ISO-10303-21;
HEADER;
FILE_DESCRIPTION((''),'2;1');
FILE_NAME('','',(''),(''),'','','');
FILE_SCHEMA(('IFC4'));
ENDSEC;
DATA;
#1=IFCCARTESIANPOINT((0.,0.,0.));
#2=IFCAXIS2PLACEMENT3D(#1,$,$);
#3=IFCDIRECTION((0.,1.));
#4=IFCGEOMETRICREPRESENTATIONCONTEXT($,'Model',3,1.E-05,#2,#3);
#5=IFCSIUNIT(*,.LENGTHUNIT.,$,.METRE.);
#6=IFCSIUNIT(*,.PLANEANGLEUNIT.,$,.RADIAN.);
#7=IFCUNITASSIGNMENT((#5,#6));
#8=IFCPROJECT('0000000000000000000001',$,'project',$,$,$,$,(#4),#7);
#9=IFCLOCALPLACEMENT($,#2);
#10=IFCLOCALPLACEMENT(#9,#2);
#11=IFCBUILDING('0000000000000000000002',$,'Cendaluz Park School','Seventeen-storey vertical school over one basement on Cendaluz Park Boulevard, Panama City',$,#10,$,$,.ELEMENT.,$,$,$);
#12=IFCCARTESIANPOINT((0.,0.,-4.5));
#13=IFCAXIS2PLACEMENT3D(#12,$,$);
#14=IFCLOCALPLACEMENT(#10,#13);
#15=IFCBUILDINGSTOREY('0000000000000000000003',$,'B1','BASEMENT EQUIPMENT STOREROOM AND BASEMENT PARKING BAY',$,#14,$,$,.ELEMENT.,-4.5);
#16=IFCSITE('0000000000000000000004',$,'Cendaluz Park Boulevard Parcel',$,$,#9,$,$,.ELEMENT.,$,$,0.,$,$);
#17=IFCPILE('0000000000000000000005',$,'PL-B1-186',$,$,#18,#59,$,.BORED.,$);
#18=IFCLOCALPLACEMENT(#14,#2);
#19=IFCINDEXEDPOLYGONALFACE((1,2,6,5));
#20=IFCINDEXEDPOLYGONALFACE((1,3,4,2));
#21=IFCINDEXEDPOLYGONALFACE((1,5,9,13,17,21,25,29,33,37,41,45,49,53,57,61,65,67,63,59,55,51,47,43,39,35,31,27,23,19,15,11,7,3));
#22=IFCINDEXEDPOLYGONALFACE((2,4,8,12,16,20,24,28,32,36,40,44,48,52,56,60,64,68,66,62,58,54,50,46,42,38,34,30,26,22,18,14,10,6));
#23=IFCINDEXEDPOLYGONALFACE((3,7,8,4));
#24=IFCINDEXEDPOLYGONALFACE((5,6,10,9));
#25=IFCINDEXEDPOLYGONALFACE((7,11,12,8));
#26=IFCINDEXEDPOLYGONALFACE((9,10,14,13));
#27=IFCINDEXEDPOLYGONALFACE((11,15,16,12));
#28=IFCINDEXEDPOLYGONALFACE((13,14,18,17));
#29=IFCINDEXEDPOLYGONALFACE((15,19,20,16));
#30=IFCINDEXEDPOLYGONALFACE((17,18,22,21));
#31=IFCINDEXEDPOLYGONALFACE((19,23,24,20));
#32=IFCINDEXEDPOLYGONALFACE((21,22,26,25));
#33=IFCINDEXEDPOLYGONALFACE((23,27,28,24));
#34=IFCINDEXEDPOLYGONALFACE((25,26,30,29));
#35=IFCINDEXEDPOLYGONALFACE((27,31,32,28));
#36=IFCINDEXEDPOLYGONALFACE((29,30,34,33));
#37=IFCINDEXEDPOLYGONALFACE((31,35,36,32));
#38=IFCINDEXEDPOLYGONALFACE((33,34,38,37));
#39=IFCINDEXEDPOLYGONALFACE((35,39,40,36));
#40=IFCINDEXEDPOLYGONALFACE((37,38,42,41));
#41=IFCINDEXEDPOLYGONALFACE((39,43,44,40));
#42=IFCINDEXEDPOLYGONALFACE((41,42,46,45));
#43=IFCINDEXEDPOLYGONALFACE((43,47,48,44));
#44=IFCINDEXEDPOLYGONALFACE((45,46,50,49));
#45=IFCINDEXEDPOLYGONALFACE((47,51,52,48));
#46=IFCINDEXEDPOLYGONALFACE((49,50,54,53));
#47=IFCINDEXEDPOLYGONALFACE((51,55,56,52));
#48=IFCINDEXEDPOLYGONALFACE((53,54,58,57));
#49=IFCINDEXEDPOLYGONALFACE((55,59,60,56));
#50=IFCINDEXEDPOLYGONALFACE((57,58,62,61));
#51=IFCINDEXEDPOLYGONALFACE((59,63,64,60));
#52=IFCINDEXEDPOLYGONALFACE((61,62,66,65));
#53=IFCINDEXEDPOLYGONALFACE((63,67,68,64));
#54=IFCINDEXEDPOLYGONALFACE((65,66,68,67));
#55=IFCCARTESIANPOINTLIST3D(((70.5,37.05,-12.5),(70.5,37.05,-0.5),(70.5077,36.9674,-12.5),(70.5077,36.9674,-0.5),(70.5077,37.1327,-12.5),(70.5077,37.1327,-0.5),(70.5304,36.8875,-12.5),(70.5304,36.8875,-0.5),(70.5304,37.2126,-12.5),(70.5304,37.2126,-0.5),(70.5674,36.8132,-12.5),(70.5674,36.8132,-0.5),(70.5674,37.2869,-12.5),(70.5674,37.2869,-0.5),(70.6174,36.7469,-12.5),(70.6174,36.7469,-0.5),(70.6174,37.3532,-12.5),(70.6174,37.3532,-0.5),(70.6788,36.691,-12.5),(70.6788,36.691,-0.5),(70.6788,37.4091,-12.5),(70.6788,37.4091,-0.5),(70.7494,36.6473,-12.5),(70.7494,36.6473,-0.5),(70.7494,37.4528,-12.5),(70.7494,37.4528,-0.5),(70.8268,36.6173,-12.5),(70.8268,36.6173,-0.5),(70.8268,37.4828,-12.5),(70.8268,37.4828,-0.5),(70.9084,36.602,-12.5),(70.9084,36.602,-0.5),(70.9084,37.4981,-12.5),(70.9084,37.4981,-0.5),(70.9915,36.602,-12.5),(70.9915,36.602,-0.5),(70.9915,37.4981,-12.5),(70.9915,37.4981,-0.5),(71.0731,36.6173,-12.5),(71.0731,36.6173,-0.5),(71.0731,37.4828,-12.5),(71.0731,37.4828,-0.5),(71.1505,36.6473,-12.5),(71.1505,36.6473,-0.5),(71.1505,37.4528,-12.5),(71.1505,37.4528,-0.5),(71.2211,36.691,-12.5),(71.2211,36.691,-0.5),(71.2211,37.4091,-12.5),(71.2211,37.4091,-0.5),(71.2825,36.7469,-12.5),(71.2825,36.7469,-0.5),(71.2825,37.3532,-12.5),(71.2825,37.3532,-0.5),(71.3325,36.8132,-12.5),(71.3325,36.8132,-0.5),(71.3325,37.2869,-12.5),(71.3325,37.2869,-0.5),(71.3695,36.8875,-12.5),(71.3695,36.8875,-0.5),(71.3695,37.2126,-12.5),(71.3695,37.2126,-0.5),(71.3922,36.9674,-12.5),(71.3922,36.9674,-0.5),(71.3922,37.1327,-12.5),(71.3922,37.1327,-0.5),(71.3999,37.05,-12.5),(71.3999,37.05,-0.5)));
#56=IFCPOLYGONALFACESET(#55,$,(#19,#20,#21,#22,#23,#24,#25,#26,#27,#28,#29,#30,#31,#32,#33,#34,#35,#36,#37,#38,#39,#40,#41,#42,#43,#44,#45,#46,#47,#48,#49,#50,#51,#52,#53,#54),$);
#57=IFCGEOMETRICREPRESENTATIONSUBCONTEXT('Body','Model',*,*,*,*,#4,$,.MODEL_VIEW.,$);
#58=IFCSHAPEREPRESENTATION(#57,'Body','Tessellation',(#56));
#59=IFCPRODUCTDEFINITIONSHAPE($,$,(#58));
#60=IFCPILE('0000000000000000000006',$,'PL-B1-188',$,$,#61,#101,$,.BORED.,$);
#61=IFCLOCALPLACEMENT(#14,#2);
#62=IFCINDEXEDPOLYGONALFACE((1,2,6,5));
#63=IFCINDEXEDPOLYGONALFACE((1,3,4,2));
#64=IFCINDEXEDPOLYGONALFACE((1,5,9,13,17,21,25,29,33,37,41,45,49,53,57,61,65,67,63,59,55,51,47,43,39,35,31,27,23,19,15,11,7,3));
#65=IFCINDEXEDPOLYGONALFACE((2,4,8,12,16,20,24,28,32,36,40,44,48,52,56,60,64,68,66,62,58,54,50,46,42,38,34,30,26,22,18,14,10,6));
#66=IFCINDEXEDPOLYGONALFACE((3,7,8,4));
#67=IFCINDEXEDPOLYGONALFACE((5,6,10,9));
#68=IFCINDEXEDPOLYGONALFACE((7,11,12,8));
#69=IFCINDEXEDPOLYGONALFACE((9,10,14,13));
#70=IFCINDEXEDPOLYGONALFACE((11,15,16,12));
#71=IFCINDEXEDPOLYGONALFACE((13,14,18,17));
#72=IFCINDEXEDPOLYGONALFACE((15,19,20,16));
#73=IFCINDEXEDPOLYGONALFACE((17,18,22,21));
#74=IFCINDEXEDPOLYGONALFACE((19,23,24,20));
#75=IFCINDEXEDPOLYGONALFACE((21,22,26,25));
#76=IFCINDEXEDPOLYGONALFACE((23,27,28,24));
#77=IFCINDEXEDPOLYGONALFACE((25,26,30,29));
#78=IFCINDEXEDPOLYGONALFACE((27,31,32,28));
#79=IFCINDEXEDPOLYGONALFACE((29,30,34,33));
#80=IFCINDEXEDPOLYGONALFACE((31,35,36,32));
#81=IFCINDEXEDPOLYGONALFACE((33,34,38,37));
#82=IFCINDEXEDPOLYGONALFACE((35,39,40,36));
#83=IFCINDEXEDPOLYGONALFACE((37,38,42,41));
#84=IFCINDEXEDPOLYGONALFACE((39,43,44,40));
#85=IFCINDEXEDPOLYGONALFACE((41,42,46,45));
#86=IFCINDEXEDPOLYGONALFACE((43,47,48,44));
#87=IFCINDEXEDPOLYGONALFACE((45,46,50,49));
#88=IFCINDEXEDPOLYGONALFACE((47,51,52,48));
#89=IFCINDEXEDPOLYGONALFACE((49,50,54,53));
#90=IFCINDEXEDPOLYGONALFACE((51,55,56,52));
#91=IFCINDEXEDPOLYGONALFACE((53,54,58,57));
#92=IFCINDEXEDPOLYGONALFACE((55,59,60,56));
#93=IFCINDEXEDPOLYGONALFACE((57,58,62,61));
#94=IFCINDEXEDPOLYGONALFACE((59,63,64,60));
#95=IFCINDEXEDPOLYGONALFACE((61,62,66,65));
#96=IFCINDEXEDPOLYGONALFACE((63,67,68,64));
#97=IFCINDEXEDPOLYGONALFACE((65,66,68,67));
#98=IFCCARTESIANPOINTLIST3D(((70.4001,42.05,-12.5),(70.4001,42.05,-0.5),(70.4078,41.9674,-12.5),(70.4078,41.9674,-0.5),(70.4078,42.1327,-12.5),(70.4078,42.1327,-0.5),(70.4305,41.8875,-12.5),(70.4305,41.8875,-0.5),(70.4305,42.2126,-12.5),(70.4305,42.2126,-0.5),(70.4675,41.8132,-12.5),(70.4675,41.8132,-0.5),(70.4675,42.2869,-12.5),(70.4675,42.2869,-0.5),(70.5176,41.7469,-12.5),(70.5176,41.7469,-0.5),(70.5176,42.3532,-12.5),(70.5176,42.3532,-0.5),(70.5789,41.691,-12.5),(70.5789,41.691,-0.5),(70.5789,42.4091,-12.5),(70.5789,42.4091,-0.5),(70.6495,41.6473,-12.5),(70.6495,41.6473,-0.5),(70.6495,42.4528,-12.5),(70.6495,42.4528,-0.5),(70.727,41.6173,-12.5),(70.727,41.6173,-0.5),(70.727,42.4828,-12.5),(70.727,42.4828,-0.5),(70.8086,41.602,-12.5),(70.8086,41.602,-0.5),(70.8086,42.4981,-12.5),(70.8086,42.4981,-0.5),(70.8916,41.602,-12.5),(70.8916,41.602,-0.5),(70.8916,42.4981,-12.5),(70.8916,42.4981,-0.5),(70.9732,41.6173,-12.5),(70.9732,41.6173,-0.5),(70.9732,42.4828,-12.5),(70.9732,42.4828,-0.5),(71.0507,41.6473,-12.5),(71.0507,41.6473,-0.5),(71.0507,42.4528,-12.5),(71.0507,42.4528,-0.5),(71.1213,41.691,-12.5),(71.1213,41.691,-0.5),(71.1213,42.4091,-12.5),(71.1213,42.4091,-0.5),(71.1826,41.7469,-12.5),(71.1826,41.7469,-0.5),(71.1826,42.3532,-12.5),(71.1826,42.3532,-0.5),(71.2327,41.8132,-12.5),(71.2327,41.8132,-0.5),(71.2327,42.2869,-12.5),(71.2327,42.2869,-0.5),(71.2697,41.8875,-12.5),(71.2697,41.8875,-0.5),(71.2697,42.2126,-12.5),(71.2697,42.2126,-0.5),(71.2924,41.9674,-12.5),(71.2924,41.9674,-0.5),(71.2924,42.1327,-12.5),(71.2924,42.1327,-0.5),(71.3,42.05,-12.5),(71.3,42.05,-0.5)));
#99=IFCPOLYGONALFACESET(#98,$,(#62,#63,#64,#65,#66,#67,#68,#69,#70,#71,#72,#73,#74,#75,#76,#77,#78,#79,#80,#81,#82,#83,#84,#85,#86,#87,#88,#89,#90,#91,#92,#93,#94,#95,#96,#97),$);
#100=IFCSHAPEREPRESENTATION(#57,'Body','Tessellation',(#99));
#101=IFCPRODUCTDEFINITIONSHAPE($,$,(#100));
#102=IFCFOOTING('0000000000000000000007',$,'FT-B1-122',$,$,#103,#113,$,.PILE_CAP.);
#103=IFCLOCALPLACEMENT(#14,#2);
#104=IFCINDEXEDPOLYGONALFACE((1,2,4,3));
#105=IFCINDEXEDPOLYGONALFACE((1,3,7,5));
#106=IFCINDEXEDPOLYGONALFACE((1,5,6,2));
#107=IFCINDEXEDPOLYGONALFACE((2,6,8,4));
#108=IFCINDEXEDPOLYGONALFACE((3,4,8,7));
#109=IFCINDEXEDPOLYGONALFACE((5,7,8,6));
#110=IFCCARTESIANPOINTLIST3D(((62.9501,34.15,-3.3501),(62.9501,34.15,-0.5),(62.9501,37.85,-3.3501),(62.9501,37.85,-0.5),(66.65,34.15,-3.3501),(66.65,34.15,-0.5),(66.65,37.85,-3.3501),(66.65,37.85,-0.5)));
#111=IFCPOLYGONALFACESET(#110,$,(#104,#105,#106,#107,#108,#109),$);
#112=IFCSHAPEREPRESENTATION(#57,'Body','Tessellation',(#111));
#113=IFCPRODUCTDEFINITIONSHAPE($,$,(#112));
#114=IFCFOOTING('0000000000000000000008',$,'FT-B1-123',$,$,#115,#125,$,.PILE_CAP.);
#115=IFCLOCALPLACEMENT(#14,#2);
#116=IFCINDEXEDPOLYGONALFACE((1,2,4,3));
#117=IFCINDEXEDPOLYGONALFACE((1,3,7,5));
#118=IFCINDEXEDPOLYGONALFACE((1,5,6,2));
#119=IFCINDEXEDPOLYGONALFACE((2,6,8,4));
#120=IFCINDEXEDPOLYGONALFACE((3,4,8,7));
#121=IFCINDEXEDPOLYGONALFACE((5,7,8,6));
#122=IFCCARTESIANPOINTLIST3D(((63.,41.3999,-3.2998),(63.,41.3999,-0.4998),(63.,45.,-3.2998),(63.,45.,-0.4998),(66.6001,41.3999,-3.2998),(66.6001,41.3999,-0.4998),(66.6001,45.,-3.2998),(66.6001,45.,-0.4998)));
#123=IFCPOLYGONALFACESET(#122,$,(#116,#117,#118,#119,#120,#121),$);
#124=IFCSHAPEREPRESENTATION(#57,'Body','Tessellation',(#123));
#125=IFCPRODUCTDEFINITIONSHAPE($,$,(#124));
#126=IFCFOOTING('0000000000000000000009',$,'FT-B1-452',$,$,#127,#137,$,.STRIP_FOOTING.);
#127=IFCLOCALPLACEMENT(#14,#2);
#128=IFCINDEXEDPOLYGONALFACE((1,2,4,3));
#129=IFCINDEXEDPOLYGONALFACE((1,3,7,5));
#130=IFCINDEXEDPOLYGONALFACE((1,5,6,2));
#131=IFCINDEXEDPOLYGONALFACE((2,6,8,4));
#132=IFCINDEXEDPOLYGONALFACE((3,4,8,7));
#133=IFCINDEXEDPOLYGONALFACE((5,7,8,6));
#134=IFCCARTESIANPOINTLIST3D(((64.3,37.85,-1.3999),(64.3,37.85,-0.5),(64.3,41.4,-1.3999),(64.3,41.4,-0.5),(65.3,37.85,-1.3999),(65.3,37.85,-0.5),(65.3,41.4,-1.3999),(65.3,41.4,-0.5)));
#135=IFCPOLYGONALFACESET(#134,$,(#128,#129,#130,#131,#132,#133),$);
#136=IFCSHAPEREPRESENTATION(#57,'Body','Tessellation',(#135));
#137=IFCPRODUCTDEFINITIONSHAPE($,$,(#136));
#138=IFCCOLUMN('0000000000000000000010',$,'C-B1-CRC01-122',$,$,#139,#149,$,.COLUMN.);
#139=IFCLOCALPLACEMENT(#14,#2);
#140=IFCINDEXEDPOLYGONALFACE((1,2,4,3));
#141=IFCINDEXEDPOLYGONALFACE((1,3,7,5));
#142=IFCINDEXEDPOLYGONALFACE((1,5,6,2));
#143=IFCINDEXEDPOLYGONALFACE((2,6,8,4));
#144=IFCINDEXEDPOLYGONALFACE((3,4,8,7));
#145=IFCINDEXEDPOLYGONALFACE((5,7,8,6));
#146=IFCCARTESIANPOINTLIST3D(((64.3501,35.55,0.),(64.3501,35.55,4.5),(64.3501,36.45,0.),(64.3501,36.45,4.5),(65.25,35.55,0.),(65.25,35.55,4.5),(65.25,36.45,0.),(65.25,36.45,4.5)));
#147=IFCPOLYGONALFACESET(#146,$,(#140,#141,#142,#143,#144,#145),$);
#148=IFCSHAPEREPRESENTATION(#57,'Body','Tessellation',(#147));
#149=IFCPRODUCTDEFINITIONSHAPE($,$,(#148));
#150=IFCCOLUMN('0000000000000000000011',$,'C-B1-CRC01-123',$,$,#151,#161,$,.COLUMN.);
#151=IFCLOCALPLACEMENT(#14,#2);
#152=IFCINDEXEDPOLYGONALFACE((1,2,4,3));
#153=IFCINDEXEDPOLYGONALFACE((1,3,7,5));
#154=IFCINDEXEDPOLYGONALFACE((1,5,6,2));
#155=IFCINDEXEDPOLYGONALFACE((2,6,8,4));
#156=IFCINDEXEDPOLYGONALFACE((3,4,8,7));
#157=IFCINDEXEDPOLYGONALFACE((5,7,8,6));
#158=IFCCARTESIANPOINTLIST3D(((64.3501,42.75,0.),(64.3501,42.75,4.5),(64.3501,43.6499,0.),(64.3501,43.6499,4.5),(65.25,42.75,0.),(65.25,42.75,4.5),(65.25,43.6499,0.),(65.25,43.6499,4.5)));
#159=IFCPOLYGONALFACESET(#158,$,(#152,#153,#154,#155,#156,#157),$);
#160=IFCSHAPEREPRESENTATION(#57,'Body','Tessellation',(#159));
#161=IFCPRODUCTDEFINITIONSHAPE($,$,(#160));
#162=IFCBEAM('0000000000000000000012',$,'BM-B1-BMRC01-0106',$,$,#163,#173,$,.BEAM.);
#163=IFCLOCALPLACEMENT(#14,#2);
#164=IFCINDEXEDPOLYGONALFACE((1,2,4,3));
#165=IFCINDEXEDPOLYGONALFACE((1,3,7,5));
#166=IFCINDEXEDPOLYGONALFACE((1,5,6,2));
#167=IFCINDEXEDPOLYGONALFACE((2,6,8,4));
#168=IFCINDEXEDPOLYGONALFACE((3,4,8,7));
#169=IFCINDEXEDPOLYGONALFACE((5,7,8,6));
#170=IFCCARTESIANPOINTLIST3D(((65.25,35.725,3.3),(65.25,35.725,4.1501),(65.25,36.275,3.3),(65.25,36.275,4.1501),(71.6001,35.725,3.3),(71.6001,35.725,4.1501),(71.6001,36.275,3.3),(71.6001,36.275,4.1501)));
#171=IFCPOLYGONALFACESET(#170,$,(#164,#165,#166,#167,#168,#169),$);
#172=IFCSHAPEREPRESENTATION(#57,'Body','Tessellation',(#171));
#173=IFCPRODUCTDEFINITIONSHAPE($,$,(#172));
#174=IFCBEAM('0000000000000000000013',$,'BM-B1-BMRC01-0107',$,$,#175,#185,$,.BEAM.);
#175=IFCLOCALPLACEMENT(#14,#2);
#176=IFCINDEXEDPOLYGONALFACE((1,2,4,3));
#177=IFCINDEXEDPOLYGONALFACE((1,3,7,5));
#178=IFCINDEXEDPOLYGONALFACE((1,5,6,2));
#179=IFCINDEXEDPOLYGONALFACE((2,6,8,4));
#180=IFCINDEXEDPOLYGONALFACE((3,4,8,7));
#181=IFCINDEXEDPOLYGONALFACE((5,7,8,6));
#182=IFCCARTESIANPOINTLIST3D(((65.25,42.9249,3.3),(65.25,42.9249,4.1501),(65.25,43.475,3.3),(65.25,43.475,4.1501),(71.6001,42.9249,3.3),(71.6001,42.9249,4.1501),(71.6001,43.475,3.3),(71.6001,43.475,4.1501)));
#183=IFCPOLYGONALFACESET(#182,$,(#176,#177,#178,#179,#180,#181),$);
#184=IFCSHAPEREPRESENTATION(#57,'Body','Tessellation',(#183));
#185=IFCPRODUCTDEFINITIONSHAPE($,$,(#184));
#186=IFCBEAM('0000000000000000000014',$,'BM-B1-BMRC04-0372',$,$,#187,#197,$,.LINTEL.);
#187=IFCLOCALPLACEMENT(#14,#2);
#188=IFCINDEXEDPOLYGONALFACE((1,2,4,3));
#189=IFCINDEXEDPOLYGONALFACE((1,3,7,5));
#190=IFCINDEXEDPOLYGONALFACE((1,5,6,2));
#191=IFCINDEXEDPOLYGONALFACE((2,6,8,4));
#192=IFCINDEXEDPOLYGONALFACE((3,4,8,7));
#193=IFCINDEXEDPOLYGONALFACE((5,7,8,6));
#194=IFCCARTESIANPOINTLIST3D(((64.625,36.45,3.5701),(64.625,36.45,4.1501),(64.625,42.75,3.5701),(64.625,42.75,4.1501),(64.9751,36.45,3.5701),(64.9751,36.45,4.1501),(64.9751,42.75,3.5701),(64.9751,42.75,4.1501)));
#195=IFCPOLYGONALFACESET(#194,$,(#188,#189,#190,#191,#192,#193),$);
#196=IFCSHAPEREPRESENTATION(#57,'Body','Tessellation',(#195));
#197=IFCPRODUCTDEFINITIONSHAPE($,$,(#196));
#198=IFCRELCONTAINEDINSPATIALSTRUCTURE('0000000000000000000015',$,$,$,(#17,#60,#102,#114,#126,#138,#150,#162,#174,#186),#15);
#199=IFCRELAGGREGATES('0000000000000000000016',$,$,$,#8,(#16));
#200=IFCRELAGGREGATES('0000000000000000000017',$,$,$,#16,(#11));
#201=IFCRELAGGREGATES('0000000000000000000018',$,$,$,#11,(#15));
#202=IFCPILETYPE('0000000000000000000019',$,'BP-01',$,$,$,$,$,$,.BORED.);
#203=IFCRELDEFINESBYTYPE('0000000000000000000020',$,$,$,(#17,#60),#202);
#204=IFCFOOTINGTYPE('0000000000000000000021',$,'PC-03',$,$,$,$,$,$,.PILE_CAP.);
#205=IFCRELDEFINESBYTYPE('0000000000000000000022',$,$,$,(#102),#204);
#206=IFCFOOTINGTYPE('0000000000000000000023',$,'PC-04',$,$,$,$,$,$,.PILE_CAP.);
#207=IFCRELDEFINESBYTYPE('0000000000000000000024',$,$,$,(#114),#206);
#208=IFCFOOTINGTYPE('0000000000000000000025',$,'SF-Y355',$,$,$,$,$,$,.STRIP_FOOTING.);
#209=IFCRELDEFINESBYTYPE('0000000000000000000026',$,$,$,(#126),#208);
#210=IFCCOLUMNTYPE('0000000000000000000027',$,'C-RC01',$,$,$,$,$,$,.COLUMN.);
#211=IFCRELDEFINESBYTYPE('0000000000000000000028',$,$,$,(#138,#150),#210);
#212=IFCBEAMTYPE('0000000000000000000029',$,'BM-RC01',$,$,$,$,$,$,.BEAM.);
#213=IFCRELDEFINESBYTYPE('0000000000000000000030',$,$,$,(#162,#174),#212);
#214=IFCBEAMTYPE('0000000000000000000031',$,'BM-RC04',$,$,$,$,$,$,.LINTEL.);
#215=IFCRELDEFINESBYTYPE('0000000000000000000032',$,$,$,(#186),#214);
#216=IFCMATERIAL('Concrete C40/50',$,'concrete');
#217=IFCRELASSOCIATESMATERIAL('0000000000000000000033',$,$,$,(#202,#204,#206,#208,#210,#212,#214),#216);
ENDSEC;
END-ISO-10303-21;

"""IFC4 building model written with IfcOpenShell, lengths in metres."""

from ifc_helpers import new_model, si_unit, direction, frame, origin, origin_2d, place, context, subcontext, project, spatial, rectangle, circle, extrude, material, material_profile, profile_set, type_object, element, save


model = new_model("IFC4")

# Units and contexts
model_context = context("Model", 3, precision=1e-05, world=origin(), true_north=direction((0.0, 1.0)))
body_context = subcontext(model_context, "Body", "Model", "MODEL_VIEW")
ifc_project = project(units=[si_unit("LENGTHUNIT", "METRE"), si_unit("PLANEANGLEUNIT", "RADIAN")], contexts=[model_context])

# Site, building, storey
site_placement = place(None, origin())
site = spatial("IfcSite", under=ifc_project, at=site_placement, Name="Cendaluz Park Boulevard Parcel", CompositionType="ELEMENT", RefElevation=0.0)
building_placement = place(site_placement, origin())
building = spatial("IfcBuilding", under=site, at=building_placement, Name="Cendaluz Park School", Description="Seventeen-storey vertical school over one basement on Cendaluz Park Boulevard, Panama City", CompositionType="ELEMENT")
storey_placement = place(building_placement, frame((0.0, 0.0, -4.5)))
storey = spatial("IfcBuildingStorey", under=building, at=storey_placement, Name="B1", Description="BASEMENT EQUIPMENT STOREROOM AND BASEMENT PARKING BAY", CompositionType="ELEMENT", Elevation=-4.5)

# Piles
ifc_material_1 = material(Name="Concrete C40/50", Category="concrete")
ifc_material_profile_1 = material_profile(ifc_material_1, circle(Radius=0.45, at=origin_2d()), Name="BP D900", Category="concrete")
ifc_profile_set_1 = profile_set([ifc_material_profile_1], Name="Concrete C40/50")
pile_type = type_object("IfcPileType", Name="BP-01", PredefinedType="BORED", material=ifc_profile_set_1)
for number, where, z_axis, x_axis, name in (
    (1, (70.95, 37.05, -0.5), (0.0, 0.0, -1.0), (1.0, 0.0, 0.0), "PL-B1-186"),
    (2, (70.8501, 42.05, -0.5), (0.0, 0.0, -1.0), (1.0, 0.0, 0.0), "PL-B1-188"),
):
    element("IfcPile", number, at=place(storey_placement, frame(where, z_axis=z_axis, x_axis=x_axis)), inside=storey, type_object=pile_type, Name=name, PredefinedType="BORED", context=body_context, shape_type="SweptSolid", body=[
        extrude(circle(Radius=0.45, at=origin_2d()), origin(), (0.0, 0.0, 1.0), 12.0),
    ])

# Footings
footing_type_1 = type_object("IfcFootingType", Name="PC-03", PredefinedType="PILE_CAP", material=ifc_material_1)
footing_1_placement = place(storey_placement, frame((64.8, 36.0, -3.3501), z_axis=(0.0, 0.0, 1.0), x_axis=(1.0, 0.0, 0.0)))
element("IfcFooting", 3, at=footing_1_placement, inside=storey, type_object=footing_type_1, Name="FT-B1-122", PredefinedType="PILE_CAP", context=body_context, shape_type="SweptSolid", body=[
    extrude(rectangle(XDim=3.7, YDim=3.7, at=origin_2d()), origin(), (0.0, 0.0, 1.0), 2.8501),
])
footing_type_2 = type_object("IfcFootingType", Name="PC-04", PredefinedType="PILE_CAP", material=ifc_material_1)
footing_2_placement = place(storey_placement, frame((64.8, 43.2, -3.2998), z_axis=(0.0, 0.0, 1.0), x_axis=(1.0, 0.0, 0.0)))
element("IfcFooting", 4, at=footing_2_placement, inside=storey, type_object=footing_type_2, Name="FT-B1-123", PredefinedType="PILE_CAP", context=body_context, shape_type="SweptSolid", body=[
    extrude(rectangle(XDim=3.6001, YDim=3.6001, at=origin_2d()), origin(), (0.0, 0.0, 1.0), 2.8),
])
footing_type_3 = type_object("IfcFootingType", Name="SF-Y355", PredefinedType="STRIP_FOOTING", material=ifc_material_1)
footing_3_placement = place(storey_placement, frame((64.8, 39.625, -1.3999), z_axis=(0.0, 0.0, 1.0), x_axis=(1.0, 0.0, 0.0)))
element("IfcFooting", 5, at=footing_3_placement, inside=storey, type_object=footing_type_3, Name="FT-B1-452", PredefinedType="STRIP_FOOTING", context=body_context, shape_type="SweptSolid", body=[
    extrude(rectangle(XDim=1.0, YDim=3.55, at=origin_2d()), origin(), (0.0, 0.0, 1.0), 0.8999),
])

# Columns
ifc_material_profile_2 = material_profile(ifc_material_1, rectangle(XDim=0.8999, YDim=0.8999, at=origin_2d()), Name="RC 900x900", Category="concrete")
ifc_profile_set_2 = profile_set([ifc_material_profile_2], Name="Concrete C40/50")
column_type = type_object("IfcColumnType", Name="C-RC01", PredefinedType="COLUMN", material=ifc_profile_set_2)
for number, where, z_axis, x_axis, name in (
    (6, (64.8, 36.0, 0.0), (0.0, 0.0, 1.0), (1.0, 0.0, 0.0), "C-B1-CRC01-122"),
    (7, (64.8, 43.2, 0.0), (0.0, 0.0, 1.0), (1.0, 0.0, 0.0), "C-B1-CRC01-123"),
):
    element("IfcColumn", number, at=place(storey_placement, frame(where, z_axis=z_axis, x_axis=x_axis)), inside=storey, type_object=column_type, Name=name, PredefinedType="COLUMN", context=body_context, shape_type="SweptSolid", body=[
        extrude(rectangle(XDim=0.8999, YDim=0.8999, at=origin_2d()), origin(), (0.0, 0.0, 1.0), 4.5),
    ])

# Beams
ifc_material_profile_3 = material_profile(ifc_material_1, rectangle(XDim=0.55, YDim=0.8501, at=origin_2d()), Name="RC 550x850", Category="concrete")
ifc_profile_set_3 = profile_set([ifc_material_profile_3], Name="Concrete C40/50")
beam_type_1 = type_object("IfcBeamType", Name="BM-RC01", PredefinedType="BEAM", material=ifc_profile_set_3)
for number, where, z_axis, x_axis, name in (
    (8, (65.25, 36.0, 3.7251), (1.0, 0.0, 0.0), (0.0, 1.0, 0.0), "BM-B1-BMRC01-0106"),
    (9, (65.25, 43.2, 3.7251), (1.0, 0.0, 0.0), (0.0, 1.0, 0.0), "BM-B1-BMRC01-0107"),
):
    element("IfcBeam", number, at=place(storey_placement, frame(where, z_axis=z_axis, x_axis=x_axis)), inside=storey, type_object=beam_type_1, Name=name, PredefinedType="BEAM", context=body_context, shape_type="SweptSolid", body=[
        extrude(rectangle(XDim=0.55, YDim=0.8501, at=origin_2d()), origin(), (0.0, 0.0, 1.0), 6.3501),
    ])
ifc_material_profile_4 = material_profile(ifc_material_1, rectangle(XDim=0.3501, YDim=0.5801, at=origin_2d()), Name="RC 350x580", Category="concrete")
ifc_profile_set_4 = profile_set([ifc_material_profile_4], Name="Concrete C40/50")
beam_type_2 = type_object("IfcBeamType", Name="BM-RC04", PredefinedType="LINTEL", material=ifc_profile_set_4)
beam_placement = place(storey_placement, frame((64.8, 36.45, 3.8601), z_axis=(0.0, 1.0, 0.0), x_axis=(-1.0, 0.0, 0.0)))
element("IfcBeam", 10, at=beam_placement, inside=storey, type_object=beam_type_2, Name="BM-B1-BMRC04-0372", PredefinedType="LINTEL", context=body_context, shape_type="SweptSolid", body=[
    extrude(rectangle(XDim=0.3501, YDim=0.5801, at=origin_2d()), origin(), (0.0, 0.0, 1.0), 6.3),
])

save(model, "model.ifc")
